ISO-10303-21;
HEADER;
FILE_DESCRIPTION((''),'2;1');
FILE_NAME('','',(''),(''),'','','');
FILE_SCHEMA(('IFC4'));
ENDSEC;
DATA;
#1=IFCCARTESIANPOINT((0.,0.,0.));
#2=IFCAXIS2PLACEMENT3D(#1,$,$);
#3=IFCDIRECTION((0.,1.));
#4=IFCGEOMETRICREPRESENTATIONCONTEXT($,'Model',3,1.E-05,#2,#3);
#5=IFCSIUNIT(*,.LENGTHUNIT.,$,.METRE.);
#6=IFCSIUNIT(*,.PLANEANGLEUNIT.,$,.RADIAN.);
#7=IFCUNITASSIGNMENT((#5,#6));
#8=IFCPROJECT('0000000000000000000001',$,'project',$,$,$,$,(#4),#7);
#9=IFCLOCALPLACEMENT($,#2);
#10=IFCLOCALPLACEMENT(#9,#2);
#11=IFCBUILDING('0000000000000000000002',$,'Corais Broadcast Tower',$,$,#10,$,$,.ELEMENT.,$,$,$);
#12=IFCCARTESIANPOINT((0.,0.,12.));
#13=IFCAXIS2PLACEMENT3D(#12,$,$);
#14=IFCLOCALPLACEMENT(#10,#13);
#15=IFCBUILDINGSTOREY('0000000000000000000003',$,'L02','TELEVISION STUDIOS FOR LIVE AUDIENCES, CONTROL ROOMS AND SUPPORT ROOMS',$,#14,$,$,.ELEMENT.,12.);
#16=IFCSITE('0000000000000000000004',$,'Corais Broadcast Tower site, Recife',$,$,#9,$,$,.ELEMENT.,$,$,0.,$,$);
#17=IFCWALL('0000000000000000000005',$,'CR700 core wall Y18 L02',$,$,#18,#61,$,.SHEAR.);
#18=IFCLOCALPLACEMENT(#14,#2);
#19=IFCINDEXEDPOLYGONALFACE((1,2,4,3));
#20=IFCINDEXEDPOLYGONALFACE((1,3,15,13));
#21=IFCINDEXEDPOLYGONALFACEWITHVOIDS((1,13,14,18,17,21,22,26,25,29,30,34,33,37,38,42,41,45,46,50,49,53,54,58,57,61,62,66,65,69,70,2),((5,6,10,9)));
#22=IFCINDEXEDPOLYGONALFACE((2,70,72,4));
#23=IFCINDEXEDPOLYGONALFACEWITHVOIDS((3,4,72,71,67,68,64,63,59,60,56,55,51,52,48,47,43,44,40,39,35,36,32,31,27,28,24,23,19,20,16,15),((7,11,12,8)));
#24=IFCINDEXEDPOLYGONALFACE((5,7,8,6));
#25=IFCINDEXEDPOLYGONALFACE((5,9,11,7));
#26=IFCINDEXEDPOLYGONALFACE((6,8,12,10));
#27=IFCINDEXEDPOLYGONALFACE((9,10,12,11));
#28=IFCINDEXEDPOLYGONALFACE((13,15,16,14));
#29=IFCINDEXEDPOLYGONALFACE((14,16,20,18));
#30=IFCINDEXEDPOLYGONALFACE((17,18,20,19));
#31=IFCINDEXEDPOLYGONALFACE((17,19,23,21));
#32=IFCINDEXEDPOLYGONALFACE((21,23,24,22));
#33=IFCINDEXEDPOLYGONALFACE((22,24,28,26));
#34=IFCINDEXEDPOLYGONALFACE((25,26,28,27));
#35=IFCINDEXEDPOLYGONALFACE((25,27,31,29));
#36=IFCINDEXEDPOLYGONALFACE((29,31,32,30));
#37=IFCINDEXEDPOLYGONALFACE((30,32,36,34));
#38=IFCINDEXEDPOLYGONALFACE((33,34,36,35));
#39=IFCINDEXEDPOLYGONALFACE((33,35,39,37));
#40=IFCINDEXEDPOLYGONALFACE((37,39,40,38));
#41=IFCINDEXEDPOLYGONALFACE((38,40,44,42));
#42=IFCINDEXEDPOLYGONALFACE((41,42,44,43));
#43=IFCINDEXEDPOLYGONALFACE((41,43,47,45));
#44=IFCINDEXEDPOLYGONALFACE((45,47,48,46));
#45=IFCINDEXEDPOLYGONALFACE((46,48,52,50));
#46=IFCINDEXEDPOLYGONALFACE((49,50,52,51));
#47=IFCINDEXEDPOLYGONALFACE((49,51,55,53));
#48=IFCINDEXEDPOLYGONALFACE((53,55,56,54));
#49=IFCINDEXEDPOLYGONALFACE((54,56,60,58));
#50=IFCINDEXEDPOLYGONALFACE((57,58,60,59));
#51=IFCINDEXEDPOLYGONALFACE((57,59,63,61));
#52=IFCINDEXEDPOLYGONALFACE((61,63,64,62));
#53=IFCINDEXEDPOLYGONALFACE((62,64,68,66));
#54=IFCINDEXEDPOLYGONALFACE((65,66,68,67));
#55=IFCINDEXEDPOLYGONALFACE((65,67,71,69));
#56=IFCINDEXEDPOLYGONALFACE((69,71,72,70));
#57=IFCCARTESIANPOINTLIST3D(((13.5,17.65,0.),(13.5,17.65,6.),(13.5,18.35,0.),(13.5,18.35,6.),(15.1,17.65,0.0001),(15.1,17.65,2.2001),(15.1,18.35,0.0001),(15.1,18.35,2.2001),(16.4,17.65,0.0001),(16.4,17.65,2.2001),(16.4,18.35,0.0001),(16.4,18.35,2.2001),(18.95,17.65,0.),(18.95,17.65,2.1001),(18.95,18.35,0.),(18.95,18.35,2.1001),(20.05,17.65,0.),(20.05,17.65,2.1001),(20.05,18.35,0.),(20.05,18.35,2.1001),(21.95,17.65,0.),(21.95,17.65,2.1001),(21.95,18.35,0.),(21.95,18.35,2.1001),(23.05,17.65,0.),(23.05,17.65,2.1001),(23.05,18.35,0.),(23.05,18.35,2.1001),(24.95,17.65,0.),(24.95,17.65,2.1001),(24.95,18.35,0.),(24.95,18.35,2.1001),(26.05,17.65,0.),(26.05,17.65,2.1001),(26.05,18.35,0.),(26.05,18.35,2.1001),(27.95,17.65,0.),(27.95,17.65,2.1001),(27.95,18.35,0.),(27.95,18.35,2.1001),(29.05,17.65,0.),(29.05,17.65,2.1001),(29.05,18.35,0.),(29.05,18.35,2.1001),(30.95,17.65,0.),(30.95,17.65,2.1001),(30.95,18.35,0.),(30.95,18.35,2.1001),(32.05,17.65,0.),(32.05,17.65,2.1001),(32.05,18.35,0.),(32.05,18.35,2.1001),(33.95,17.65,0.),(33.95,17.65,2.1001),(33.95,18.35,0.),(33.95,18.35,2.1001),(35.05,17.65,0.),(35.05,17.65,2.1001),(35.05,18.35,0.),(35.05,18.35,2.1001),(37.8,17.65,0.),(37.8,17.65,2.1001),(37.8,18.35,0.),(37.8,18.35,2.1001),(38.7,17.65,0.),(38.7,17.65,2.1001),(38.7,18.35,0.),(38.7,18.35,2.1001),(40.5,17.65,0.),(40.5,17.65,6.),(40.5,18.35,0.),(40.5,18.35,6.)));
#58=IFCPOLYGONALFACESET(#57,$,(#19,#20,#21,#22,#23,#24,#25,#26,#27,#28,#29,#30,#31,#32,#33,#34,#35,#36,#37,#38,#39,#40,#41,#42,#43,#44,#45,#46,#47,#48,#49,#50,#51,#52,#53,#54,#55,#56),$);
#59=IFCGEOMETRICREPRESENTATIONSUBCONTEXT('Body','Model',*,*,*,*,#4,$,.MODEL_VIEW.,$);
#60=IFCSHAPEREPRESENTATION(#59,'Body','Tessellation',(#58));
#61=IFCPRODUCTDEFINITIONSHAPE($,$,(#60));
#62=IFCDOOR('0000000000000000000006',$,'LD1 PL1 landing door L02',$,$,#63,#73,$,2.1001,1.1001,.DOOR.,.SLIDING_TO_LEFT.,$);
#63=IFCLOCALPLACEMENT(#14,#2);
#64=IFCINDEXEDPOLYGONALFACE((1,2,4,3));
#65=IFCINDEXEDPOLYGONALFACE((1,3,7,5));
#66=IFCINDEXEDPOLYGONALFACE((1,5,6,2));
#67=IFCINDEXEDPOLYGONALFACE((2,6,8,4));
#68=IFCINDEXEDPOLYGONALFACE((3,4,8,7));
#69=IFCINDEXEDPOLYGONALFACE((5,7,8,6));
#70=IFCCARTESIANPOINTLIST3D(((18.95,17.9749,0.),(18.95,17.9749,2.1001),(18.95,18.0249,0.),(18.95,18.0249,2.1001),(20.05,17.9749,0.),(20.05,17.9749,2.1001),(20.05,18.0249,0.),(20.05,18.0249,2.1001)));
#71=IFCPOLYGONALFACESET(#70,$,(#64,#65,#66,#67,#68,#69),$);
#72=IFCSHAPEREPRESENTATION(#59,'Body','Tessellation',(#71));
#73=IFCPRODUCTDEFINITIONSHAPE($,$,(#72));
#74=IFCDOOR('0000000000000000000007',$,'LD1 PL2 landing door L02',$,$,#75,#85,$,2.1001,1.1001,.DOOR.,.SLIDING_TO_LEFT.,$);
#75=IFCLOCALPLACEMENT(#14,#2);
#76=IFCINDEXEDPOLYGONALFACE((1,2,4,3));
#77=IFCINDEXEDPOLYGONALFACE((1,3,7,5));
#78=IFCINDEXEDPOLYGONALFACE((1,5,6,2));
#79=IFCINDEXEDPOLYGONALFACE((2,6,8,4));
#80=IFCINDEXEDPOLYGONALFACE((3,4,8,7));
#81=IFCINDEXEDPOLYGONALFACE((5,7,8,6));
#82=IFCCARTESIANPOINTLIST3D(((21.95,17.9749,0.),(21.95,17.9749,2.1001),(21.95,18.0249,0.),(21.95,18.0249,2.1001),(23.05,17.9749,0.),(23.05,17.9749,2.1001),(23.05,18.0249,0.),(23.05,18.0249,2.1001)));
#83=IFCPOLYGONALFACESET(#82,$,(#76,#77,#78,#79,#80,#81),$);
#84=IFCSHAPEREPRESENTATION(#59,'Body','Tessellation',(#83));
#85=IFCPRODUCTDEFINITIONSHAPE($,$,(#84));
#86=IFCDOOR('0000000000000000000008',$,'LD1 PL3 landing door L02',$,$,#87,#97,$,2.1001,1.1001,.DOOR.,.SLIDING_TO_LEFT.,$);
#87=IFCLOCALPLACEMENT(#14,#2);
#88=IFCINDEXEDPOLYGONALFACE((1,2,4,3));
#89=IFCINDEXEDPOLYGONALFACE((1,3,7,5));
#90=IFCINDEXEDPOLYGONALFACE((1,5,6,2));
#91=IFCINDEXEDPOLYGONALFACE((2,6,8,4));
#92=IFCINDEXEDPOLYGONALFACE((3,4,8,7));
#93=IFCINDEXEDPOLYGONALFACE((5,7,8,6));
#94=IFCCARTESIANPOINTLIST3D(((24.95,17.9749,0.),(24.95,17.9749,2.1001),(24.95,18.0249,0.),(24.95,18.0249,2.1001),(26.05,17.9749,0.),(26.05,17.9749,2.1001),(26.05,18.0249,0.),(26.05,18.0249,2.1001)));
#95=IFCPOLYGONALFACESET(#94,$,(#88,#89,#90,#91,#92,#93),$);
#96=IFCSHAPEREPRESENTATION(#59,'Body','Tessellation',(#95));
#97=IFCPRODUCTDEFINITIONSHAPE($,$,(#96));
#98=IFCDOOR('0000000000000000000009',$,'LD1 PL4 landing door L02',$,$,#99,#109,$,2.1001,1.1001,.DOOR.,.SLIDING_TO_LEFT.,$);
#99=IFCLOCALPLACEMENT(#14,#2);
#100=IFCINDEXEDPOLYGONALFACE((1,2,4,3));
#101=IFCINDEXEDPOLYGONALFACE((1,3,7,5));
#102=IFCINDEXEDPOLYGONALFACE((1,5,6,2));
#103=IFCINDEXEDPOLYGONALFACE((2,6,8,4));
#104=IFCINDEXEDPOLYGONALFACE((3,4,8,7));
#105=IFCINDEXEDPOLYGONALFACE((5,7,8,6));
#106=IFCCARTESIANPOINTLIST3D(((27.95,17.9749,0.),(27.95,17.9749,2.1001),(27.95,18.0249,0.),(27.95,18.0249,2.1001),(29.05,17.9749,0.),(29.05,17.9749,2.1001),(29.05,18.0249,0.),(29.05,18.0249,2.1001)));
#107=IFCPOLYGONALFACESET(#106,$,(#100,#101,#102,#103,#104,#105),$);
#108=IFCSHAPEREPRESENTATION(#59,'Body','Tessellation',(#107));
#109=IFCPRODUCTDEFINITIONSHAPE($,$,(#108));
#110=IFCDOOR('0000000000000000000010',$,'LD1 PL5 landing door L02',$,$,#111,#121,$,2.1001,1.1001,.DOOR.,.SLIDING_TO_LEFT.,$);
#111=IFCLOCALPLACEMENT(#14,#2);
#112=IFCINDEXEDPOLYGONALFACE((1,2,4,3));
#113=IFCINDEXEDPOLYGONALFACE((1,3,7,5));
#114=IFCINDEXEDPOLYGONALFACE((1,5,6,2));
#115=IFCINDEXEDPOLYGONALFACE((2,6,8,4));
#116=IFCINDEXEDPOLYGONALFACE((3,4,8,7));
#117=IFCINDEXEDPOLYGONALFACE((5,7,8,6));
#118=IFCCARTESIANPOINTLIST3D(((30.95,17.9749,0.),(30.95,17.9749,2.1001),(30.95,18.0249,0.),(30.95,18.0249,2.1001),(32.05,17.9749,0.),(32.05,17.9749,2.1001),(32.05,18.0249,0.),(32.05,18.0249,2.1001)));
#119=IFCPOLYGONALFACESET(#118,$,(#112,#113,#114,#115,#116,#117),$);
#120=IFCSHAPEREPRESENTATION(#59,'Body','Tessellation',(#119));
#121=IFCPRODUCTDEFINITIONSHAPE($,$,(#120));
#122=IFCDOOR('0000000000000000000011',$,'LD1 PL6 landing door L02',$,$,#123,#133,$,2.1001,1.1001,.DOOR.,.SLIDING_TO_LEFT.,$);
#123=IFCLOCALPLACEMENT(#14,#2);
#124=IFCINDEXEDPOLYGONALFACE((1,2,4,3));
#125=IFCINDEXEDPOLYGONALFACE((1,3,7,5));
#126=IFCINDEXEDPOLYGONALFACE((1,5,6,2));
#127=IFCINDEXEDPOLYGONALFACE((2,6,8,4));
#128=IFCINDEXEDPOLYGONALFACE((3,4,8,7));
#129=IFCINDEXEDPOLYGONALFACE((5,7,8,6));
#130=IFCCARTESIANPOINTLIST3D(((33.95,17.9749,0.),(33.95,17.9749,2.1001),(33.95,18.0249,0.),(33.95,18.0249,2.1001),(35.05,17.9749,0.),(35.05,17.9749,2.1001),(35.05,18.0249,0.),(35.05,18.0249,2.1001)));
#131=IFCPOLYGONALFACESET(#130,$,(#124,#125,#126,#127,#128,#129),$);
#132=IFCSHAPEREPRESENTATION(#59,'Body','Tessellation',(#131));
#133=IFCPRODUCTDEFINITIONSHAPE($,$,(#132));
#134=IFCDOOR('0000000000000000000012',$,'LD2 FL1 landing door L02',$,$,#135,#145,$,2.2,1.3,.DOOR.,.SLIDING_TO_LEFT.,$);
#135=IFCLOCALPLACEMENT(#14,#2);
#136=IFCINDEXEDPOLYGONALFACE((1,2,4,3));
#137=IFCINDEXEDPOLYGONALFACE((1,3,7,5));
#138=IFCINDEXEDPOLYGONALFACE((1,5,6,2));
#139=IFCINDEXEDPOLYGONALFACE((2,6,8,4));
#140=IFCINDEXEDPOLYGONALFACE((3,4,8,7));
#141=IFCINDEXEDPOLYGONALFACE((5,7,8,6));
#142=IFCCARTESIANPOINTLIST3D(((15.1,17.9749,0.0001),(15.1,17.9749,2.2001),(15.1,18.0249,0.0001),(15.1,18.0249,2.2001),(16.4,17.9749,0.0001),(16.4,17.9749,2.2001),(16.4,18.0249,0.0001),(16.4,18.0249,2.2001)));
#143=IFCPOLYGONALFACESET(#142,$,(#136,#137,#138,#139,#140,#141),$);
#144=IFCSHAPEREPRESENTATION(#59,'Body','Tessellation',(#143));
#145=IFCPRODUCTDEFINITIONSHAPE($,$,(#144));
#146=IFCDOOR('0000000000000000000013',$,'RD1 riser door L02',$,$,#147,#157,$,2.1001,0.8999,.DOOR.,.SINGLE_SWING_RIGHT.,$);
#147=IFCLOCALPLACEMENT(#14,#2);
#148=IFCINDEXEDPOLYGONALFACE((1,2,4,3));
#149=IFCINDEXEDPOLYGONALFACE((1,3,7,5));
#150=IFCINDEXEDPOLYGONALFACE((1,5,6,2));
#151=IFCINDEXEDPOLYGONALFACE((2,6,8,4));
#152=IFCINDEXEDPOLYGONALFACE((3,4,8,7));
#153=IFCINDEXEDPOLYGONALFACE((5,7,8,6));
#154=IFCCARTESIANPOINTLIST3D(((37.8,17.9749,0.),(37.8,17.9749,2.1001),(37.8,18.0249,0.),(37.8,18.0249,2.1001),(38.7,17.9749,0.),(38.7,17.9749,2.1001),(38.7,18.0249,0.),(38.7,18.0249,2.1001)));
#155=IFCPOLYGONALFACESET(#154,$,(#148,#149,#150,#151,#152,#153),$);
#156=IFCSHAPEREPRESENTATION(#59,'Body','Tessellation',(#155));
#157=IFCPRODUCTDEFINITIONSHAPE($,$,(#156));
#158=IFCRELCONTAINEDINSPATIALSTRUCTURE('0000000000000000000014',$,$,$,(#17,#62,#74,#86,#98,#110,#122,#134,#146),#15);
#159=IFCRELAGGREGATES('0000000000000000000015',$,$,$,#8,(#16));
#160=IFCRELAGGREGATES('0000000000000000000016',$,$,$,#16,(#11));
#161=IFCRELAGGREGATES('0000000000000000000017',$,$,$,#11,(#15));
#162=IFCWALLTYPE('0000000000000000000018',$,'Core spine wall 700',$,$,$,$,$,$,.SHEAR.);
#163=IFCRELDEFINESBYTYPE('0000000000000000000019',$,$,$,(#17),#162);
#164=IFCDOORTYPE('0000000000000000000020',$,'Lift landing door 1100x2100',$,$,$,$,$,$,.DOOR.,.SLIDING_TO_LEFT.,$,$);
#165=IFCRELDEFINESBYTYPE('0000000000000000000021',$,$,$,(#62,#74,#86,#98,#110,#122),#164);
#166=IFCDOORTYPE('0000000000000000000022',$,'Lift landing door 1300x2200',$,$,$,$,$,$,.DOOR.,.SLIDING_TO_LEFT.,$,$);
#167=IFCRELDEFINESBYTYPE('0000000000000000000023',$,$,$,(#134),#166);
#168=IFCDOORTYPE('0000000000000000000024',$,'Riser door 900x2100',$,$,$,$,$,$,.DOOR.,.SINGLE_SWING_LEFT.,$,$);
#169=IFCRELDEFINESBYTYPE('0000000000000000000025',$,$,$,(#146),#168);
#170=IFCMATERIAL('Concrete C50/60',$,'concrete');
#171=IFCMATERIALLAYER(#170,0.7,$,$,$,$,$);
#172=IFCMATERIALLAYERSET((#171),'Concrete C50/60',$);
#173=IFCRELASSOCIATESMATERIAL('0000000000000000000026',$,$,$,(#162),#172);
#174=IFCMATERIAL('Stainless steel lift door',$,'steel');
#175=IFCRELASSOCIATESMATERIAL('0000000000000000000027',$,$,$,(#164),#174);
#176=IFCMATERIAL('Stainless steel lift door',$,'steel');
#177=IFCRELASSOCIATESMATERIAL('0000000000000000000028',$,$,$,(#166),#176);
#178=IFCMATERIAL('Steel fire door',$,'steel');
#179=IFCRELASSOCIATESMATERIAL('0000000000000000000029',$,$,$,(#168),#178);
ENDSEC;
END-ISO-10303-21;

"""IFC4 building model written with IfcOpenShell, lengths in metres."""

from ifc_helpers import new_model, si_unit, direction, frame, frame_2d, origin, place, context, subcontext, project, spatial, rectangle, extrude, material, layer, layer_set, type_object, element, fill, save


model = new_model("IFC4")

# Units and contexts
model_context = context("Model", 3, precision=1e-05, world=origin(), true_north=direction((0.0, 1.0)))
body_context = subcontext(model_context, "Body", "Model", "MODEL_VIEW")
ifc_project = project(units=[si_unit("LENGTHUNIT", "METRE"), si_unit("PLANEANGLEUNIT", "RADIAN")], contexts=[model_context])

# Site, building, storey
site_placement = place(None, origin())
site = spatial("IfcSite", under=ifc_project, at=site_placement, Name="Corais Broadcast Tower site, Recife", CompositionType="ELEMENT", RefElevation=0.0)
building_placement = place(site_placement, origin())
building = spatial("IfcBuilding", under=site, at=building_placement, Name="Corais Broadcast Tower", CompositionType="ELEMENT")
storey_placement = place(building_placement, frame((0.0, 0.0, 12.0)))
storey = spatial("IfcBuildingStorey", under=building, at=storey_placement, Name="L02", Description="TELEVISION STUDIOS FOR LIVE AUDIENCES, CONTROL ROOMS AND SUPPORT ROOMS", CompositionType="ELEMENT", Elevation=12.0)

# Wall, openings, doors
ifc_material_1 = material(Name="Concrete C50/60", Category="concrete")
ifc_layer_1 = layer(ifc_material_1, 0.7)
ifc_layer_set_1 = layer_set([ifc_layer_1], Name="Concrete C50/60")
wall_type_1 = type_object("IfcWallType", Name="Core spine wall 700", PredefinedType="SHEAR", material=ifc_layer_set_1)
wall_1_placement = place(storey_placement, frame((13.5, 18.0, 0.0), z_axis=(0.0, 0.0, 1.0), x_axis=(1.0, 0.0, 0.0)))
wall_1 = element("IfcWall", 1, at=wall_1_placement, inside=storey, type_object=wall_type_1, Name="CR700 core wall Y18 L02", PredefinedType="SHEAR", context=body_context, shape_type="SweptSolid", body=[
    extrude(rectangle(XDim=27.0, YDim=0.7, at=frame_2d((13.5, 0.0))), origin(), (0.0, 0.0, 1.0), 6.0),
])
opening_1_placement = place(wall_1_placement, frame((24.3, 0.0, 0.0)))
opening_1 = element("IfcOpeningElement", 2, at=opening_1_placement, cuts=wall_1, PredefinedType="OPENING", context=body_context, shape_type="SweptSolid", body=[
    extrude(rectangle(XDim=0.8999, YDim=2.1001, at=frame_2d((0.45, 1.05))), frame((0.0, 0.3599, 0.0), z_axis=(0.0, -1.0, 0.0), x_axis=(1.0, 0.0, 0.0)), (0.0, 0.0, 1.0), 0.72),
])
opening_2_placement = place(wall_1_placement, frame((5.45, 0.0, 0.0)))
opening_2 = element("IfcOpeningElement", 3, at=opening_2_placement, cuts=wall_1, PredefinedType="OPENING", context=body_context, shape_type="SweptSolid", body=[
    extrude(rectangle(XDim=1.1001, YDim=2.1001, at=frame_2d((0.55, 1.05))), frame((0.0, 0.3599, 0.0), z_axis=(0.0, -1.0, 0.0), x_axis=(1.0, 0.0, 0.0)), (0.0, 0.0, 1.0), 0.72),
])
opening_3_placement = place(wall_1_placement, frame((8.45, 0.0, 0.0)))
opening_3 = element("IfcOpeningElement", 4, at=opening_3_placement, cuts=wall_1, PredefinedType="OPENING", context=body_context, shape_type="SweptSolid", body=[
    extrude(rectangle(XDim=1.1001, YDim=2.1001, at=frame_2d((0.55, 1.05))), frame((0.0, 0.3599, 0.0), z_axis=(0.0, -1.0, 0.0), x_axis=(1.0, 0.0, 0.0)), (0.0, 0.0, 1.0), 0.72),
])
opening_4_placement = place(wall_1_placement, frame((11.45, 0.0, 0.0)))
opening_4 = element("IfcOpeningElement", 5, at=opening_4_placement, cuts=wall_1, PredefinedType="OPENING", context=body_context, shape_type="SweptSolid", body=[
    extrude(rectangle(XDim=1.1001, YDim=2.1001, at=frame_2d((0.55, 1.05))), frame((0.0, 0.3599, 0.0), z_axis=(0.0, -1.0, 0.0), x_axis=(1.0, 0.0, 0.0)), (0.0, 0.0, 1.0), 0.72),
])
opening_5_placement = place(wall_1_placement, frame((14.45, 0.0, 0.0)))
opening_5 = element("IfcOpeningElement", 6, at=opening_5_placement, cuts=wall_1, PredefinedType="OPENING", context=body_context, shape_type="SweptSolid", body=[
    extrude(rectangle(XDim=1.1001, YDim=2.1001, at=frame_2d((0.55, 1.05))), frame((0.0, 0.3599, 0.0), z_axis=(0.0, -1.0, 0.0), x_axis=(1.0, 0.0, 0.0)), (0.0, 0.0, 1.0), 0.72),
])
opening_6_placement = place(wall_1_placement, frame((17.45, 0.0, 0.0)))
opening_6 = element("IfcOpeningElement", 7, at=opening_6_placement, cuts=wall_1, PredefinedType="OPENING", context=body_context, shape_type="SweptSolid", body=[
    extrude(rectangle(XDim=1.1001, YDim=2.1001, at=frame_2d((0.55, 1.05))), frame((0.0, 0.3599, 0.0), z_axis=(0.0, -1.0, 0.0), x_axis=(1.0, 0.0, 0.0)), (0.0, 0.0, 1.0), 0.72),
])
opening_7_placement = place(wall_1_placement, frame((20.45, 0.0, 0.0)))
opening_7 = element("IfcOpeningElement", 8, at=opening_7_placement, cuts=wall_1, PredefinedType="OPENING", context=body_context, shape_type="SweptSolid", body=[
    extrude(rectangle(XDim=1.1001, YDim=2.1001, at=frame_2d((0.55, 1.05))), frame((0.0, 0.3599, 0.0), z_axis=(0.0, -1.0, 0.0), x_axis=(1.0, 0.0, 0.0)), (0.0, 0.0, 1.0), 0.72),
])
opening_8_placement = place(wall_1_placement, frame((1.6001, 0.0, 0.0)))
opening_8 = element("IfcOpeningElement", 9, at=opening_8_placement, cuts=wall_1, PredefinedType="OPENING", context=body_context, shape_type="SweptSolid", body=[
    extrude(rectangle(XDim=1.3, YDim=2.2, at=frame_2d((0.6499, 1.1001))), frame((0.0, 0.3599, 0.0), z_axis=(0.0, -1.0, 0.0), x_axis=(1.0, 0.0, 0.0)), (0.0, 0.0, 1.0), 0.72),
])
ifc_material_2 = material(Name="Stainless steel lift door", Category="steel")
door_type_1 = type_object("IfcDoorType", Name="Lift landing door 1100x2100", OperationType="SLIDING_TO_LEFT", PredefinedType="DOOR", material=ifc_material_2)
door_1_placement = place(opening_2_placement, origin())
door_1 = element("IfcDoor", 10, at=door_1_placement, inside=storey, type_object=door_type_1, Name="LD1 PL1 landing door L02", OperationType="SLIDING_TO_LEFT", OverallHeight=2.1001, OverallWidth=1.1001, PredefinedType="DOOR", context=body_context, shape_type="SweptSolid", body=[
    extrude(rectangle(XDim=1.1001, YDim=2.1001, at=frame_2d((0.55, 1.05))), frame((0.0, 0.0249, 0.0), z_axis=(0.0, -1.0, 0.0), x_axis=(1.0, 0.0, 0.0)), (0.0, 0.0, 1.0), 0.05),
])
fill(opening_2, door_1)
door_2_placement = place(opening_3_placement, origin())
door_2 = element("IfcDoor", 11, at=door_2_placement, inside=storey, type_object=door_type_1, Name="LD1 PL2 landing door L02", OperationType="SLIDING_TO_LEFT", OverallHeight=2.1001, OverallWidth=1.1001, PredefinedType="DOOR", context=body_context, shape_type="SweptSolid", body=[
    extrude(rectangle(XDim=1.1001, YDim=2.1001, at=frame_2d((0.55, 1.05))), frame((0.0, 0.0249, 0.0), z_axis=(0.0, -1.0, 0.0), x_axis=(1.0, 0.0, 0.0)), (0.0, 0.0, 1.0), 0.05),
])
fill(opening_3, door_2)
door_3_placement = place(opening_4_placement, origin())
door_3 = element("IfcDoor", 12, at=door_3_placement, inside=storey, type_object=door_type_1, Name="LD1 PL3 landing door L02", OperationType="SLIDING_TO_LEFT", OverallHeight=2.1001, OverallWidth=1.1001, PredefinedType="DOOR", context=body_context, shape_type="SweptSolid", body=[
    extrude(rectangle(XDim=1.1001, YDim=2.1001, at=frame_2d((0.55, 1.05))), frame((0.0, 0.0249, 0.0), z_axis=(0.0, -1.0, 0.0), x_axis=(1.0, 0.0, 0.0)), (0.0, 0.0, 1.0), 0.05),
])
fill(opening_4, door_3)
door_4_placement = place(opening_5_placement, origin())
door_4 = element("IfcDoor", 13, at=door_4_placement, inside=storey, type_object=door_type_1, Name="LD1 PL4 landing door L02", OperationType="SLIDING_TO_LEFT", OverallHeight=2.1001, OverallWidth=1.1001, PredefinedType="DOOR", context=body_context, shape_type="SweptSolid", body=[
    extrude(rectangle(XDim=1.1001, YDim=2.1001, at=frame_2d((0.55, 1.05))), frame((0.0, 0.0249, 0.0), z_axis=(0.0, -1.0, 0.0), x_axis=(1.0, 0.0, 0.0)), (0.0, 0.0, 1.0), 0.05),
])
fill(opening_5, door_4)
door_5_placement = place(opening_6_placement, origin())
door_5 = element("IfcDoor", 14, at=door_5_placement, inside=storey, type_object=door_type_1, Name="LD1 PL5 landing door L02", OperationType="SLIDING_TO_LEFT", OverallHeight=2.1001, OverallWidth=1.1001, PredefinedType="DOOR", context=body_context, shape_type="SweptSolid", body=[
    extrude(rectangle(XDim=1.1001, YDim=2.1001, at=frame_2d((0.55, 1.05))), frame((0.0, 0.0249, 0.0), z_axis=(0.0, -1.0, 0.0), x_axis=(1.0, 0.0, 0.0)), (0.0, 0.0, 1.0), 0.05),
])
fill(opening_6, door_5)
door_6_placement = place(opening_7_placement, origin())
door_6 = element("IfcDoor", 15, at=door_6_placement, inside=storey, type_object=door_type_1, Name="LD1 PL6 landing door L02", OperationType="SLIDING_TO_LEFT", OverallHeight=2.1001, OverallWidth=1.1001, PredefinedType="DOOR", context=body_context, shape_type="SweptSolid", body=[
    extrude(rectangle(XDim=1.1001, YDim=2.1001, at=frame_2d((0.55, 1.05))), frame((0.0, 0.0249, 0.0), z_axis=(0.0, -1.0, 0.0), x_axis=(1.0, 0.0, 0.0)), (0.0, 0.0, 1.0), 0.05),
])
fill(opening_7, door_6)
ifc_material_3 = material(Name="Stainless steel lift door", Category="steel")
door_type_2 = type_object("IfcDoorType", Name="Lift landing door 1300x2200", OperationType="SLIDING_TO_LEFT", PredefinedType="DOOR", material=ifc_material_3)
door_7_placement = place(opening_8_placement, origin())
door_7 = element("IfcDoor", 16, at=door_7_placement, inside=storey, type_object=door_type_2, Name="LD2 FL1 landing door L02", OperationType="SLIDING_TO_LEFT", OverallHeight=2.2, OverallWidth=1.3, PredefinedType="DOOR", context=body_context, shape_type="SweptSolid", body=[
    extrude(rectangle(XDim=1.3, YDim=2.2, at=frame_2d((0.6499, 1.1001))), frame((0.0, 0.0249, 0.0), z_axis=(0.0, -1.0, 0.0), x_axis=(1.0, 0.0, 0.0)), (0.0, 0.0, 1.0), 0.05),
])
fill(opening_8, door_7)
ifc_material_4 = material(Name="Steel fire door", Category="steel")
door_type_3 = type_object("IfcDoorType", Name="Riser door 900x2100", OperationType="SINGLE_SWING_LEFT", PredefinedType="DOOR", material=ifc_material_4)
door_8_placement = place(opening_1_placement, origin())
door_8 = element("IfcDoor", 17, at=door_8_placement, inside=storey, type_object=door_type_3, Name="RD1 riser door L02", OperationType="SINGLE_SWING_RIGHT", OverallHeight=2.1001, OverallWidth=0.8999, PredefinedType="DOOR", context=body_context, shape_type="SweptSolid", body=[
    extrude(rectangle(XDim=0.8999, YDim=2.1001, at=frame_2d((0.45, 1.05))), frame((0.0, 0.0249, 0.0), z_axis=(0.0, -1.0, 0.0), x_axis=(1.0, 0.0, 0.0)), (0.0, 0.0, 1.0), 0.05),
])
fill(opening_1, door_8)

save(model, "model.ifc")
